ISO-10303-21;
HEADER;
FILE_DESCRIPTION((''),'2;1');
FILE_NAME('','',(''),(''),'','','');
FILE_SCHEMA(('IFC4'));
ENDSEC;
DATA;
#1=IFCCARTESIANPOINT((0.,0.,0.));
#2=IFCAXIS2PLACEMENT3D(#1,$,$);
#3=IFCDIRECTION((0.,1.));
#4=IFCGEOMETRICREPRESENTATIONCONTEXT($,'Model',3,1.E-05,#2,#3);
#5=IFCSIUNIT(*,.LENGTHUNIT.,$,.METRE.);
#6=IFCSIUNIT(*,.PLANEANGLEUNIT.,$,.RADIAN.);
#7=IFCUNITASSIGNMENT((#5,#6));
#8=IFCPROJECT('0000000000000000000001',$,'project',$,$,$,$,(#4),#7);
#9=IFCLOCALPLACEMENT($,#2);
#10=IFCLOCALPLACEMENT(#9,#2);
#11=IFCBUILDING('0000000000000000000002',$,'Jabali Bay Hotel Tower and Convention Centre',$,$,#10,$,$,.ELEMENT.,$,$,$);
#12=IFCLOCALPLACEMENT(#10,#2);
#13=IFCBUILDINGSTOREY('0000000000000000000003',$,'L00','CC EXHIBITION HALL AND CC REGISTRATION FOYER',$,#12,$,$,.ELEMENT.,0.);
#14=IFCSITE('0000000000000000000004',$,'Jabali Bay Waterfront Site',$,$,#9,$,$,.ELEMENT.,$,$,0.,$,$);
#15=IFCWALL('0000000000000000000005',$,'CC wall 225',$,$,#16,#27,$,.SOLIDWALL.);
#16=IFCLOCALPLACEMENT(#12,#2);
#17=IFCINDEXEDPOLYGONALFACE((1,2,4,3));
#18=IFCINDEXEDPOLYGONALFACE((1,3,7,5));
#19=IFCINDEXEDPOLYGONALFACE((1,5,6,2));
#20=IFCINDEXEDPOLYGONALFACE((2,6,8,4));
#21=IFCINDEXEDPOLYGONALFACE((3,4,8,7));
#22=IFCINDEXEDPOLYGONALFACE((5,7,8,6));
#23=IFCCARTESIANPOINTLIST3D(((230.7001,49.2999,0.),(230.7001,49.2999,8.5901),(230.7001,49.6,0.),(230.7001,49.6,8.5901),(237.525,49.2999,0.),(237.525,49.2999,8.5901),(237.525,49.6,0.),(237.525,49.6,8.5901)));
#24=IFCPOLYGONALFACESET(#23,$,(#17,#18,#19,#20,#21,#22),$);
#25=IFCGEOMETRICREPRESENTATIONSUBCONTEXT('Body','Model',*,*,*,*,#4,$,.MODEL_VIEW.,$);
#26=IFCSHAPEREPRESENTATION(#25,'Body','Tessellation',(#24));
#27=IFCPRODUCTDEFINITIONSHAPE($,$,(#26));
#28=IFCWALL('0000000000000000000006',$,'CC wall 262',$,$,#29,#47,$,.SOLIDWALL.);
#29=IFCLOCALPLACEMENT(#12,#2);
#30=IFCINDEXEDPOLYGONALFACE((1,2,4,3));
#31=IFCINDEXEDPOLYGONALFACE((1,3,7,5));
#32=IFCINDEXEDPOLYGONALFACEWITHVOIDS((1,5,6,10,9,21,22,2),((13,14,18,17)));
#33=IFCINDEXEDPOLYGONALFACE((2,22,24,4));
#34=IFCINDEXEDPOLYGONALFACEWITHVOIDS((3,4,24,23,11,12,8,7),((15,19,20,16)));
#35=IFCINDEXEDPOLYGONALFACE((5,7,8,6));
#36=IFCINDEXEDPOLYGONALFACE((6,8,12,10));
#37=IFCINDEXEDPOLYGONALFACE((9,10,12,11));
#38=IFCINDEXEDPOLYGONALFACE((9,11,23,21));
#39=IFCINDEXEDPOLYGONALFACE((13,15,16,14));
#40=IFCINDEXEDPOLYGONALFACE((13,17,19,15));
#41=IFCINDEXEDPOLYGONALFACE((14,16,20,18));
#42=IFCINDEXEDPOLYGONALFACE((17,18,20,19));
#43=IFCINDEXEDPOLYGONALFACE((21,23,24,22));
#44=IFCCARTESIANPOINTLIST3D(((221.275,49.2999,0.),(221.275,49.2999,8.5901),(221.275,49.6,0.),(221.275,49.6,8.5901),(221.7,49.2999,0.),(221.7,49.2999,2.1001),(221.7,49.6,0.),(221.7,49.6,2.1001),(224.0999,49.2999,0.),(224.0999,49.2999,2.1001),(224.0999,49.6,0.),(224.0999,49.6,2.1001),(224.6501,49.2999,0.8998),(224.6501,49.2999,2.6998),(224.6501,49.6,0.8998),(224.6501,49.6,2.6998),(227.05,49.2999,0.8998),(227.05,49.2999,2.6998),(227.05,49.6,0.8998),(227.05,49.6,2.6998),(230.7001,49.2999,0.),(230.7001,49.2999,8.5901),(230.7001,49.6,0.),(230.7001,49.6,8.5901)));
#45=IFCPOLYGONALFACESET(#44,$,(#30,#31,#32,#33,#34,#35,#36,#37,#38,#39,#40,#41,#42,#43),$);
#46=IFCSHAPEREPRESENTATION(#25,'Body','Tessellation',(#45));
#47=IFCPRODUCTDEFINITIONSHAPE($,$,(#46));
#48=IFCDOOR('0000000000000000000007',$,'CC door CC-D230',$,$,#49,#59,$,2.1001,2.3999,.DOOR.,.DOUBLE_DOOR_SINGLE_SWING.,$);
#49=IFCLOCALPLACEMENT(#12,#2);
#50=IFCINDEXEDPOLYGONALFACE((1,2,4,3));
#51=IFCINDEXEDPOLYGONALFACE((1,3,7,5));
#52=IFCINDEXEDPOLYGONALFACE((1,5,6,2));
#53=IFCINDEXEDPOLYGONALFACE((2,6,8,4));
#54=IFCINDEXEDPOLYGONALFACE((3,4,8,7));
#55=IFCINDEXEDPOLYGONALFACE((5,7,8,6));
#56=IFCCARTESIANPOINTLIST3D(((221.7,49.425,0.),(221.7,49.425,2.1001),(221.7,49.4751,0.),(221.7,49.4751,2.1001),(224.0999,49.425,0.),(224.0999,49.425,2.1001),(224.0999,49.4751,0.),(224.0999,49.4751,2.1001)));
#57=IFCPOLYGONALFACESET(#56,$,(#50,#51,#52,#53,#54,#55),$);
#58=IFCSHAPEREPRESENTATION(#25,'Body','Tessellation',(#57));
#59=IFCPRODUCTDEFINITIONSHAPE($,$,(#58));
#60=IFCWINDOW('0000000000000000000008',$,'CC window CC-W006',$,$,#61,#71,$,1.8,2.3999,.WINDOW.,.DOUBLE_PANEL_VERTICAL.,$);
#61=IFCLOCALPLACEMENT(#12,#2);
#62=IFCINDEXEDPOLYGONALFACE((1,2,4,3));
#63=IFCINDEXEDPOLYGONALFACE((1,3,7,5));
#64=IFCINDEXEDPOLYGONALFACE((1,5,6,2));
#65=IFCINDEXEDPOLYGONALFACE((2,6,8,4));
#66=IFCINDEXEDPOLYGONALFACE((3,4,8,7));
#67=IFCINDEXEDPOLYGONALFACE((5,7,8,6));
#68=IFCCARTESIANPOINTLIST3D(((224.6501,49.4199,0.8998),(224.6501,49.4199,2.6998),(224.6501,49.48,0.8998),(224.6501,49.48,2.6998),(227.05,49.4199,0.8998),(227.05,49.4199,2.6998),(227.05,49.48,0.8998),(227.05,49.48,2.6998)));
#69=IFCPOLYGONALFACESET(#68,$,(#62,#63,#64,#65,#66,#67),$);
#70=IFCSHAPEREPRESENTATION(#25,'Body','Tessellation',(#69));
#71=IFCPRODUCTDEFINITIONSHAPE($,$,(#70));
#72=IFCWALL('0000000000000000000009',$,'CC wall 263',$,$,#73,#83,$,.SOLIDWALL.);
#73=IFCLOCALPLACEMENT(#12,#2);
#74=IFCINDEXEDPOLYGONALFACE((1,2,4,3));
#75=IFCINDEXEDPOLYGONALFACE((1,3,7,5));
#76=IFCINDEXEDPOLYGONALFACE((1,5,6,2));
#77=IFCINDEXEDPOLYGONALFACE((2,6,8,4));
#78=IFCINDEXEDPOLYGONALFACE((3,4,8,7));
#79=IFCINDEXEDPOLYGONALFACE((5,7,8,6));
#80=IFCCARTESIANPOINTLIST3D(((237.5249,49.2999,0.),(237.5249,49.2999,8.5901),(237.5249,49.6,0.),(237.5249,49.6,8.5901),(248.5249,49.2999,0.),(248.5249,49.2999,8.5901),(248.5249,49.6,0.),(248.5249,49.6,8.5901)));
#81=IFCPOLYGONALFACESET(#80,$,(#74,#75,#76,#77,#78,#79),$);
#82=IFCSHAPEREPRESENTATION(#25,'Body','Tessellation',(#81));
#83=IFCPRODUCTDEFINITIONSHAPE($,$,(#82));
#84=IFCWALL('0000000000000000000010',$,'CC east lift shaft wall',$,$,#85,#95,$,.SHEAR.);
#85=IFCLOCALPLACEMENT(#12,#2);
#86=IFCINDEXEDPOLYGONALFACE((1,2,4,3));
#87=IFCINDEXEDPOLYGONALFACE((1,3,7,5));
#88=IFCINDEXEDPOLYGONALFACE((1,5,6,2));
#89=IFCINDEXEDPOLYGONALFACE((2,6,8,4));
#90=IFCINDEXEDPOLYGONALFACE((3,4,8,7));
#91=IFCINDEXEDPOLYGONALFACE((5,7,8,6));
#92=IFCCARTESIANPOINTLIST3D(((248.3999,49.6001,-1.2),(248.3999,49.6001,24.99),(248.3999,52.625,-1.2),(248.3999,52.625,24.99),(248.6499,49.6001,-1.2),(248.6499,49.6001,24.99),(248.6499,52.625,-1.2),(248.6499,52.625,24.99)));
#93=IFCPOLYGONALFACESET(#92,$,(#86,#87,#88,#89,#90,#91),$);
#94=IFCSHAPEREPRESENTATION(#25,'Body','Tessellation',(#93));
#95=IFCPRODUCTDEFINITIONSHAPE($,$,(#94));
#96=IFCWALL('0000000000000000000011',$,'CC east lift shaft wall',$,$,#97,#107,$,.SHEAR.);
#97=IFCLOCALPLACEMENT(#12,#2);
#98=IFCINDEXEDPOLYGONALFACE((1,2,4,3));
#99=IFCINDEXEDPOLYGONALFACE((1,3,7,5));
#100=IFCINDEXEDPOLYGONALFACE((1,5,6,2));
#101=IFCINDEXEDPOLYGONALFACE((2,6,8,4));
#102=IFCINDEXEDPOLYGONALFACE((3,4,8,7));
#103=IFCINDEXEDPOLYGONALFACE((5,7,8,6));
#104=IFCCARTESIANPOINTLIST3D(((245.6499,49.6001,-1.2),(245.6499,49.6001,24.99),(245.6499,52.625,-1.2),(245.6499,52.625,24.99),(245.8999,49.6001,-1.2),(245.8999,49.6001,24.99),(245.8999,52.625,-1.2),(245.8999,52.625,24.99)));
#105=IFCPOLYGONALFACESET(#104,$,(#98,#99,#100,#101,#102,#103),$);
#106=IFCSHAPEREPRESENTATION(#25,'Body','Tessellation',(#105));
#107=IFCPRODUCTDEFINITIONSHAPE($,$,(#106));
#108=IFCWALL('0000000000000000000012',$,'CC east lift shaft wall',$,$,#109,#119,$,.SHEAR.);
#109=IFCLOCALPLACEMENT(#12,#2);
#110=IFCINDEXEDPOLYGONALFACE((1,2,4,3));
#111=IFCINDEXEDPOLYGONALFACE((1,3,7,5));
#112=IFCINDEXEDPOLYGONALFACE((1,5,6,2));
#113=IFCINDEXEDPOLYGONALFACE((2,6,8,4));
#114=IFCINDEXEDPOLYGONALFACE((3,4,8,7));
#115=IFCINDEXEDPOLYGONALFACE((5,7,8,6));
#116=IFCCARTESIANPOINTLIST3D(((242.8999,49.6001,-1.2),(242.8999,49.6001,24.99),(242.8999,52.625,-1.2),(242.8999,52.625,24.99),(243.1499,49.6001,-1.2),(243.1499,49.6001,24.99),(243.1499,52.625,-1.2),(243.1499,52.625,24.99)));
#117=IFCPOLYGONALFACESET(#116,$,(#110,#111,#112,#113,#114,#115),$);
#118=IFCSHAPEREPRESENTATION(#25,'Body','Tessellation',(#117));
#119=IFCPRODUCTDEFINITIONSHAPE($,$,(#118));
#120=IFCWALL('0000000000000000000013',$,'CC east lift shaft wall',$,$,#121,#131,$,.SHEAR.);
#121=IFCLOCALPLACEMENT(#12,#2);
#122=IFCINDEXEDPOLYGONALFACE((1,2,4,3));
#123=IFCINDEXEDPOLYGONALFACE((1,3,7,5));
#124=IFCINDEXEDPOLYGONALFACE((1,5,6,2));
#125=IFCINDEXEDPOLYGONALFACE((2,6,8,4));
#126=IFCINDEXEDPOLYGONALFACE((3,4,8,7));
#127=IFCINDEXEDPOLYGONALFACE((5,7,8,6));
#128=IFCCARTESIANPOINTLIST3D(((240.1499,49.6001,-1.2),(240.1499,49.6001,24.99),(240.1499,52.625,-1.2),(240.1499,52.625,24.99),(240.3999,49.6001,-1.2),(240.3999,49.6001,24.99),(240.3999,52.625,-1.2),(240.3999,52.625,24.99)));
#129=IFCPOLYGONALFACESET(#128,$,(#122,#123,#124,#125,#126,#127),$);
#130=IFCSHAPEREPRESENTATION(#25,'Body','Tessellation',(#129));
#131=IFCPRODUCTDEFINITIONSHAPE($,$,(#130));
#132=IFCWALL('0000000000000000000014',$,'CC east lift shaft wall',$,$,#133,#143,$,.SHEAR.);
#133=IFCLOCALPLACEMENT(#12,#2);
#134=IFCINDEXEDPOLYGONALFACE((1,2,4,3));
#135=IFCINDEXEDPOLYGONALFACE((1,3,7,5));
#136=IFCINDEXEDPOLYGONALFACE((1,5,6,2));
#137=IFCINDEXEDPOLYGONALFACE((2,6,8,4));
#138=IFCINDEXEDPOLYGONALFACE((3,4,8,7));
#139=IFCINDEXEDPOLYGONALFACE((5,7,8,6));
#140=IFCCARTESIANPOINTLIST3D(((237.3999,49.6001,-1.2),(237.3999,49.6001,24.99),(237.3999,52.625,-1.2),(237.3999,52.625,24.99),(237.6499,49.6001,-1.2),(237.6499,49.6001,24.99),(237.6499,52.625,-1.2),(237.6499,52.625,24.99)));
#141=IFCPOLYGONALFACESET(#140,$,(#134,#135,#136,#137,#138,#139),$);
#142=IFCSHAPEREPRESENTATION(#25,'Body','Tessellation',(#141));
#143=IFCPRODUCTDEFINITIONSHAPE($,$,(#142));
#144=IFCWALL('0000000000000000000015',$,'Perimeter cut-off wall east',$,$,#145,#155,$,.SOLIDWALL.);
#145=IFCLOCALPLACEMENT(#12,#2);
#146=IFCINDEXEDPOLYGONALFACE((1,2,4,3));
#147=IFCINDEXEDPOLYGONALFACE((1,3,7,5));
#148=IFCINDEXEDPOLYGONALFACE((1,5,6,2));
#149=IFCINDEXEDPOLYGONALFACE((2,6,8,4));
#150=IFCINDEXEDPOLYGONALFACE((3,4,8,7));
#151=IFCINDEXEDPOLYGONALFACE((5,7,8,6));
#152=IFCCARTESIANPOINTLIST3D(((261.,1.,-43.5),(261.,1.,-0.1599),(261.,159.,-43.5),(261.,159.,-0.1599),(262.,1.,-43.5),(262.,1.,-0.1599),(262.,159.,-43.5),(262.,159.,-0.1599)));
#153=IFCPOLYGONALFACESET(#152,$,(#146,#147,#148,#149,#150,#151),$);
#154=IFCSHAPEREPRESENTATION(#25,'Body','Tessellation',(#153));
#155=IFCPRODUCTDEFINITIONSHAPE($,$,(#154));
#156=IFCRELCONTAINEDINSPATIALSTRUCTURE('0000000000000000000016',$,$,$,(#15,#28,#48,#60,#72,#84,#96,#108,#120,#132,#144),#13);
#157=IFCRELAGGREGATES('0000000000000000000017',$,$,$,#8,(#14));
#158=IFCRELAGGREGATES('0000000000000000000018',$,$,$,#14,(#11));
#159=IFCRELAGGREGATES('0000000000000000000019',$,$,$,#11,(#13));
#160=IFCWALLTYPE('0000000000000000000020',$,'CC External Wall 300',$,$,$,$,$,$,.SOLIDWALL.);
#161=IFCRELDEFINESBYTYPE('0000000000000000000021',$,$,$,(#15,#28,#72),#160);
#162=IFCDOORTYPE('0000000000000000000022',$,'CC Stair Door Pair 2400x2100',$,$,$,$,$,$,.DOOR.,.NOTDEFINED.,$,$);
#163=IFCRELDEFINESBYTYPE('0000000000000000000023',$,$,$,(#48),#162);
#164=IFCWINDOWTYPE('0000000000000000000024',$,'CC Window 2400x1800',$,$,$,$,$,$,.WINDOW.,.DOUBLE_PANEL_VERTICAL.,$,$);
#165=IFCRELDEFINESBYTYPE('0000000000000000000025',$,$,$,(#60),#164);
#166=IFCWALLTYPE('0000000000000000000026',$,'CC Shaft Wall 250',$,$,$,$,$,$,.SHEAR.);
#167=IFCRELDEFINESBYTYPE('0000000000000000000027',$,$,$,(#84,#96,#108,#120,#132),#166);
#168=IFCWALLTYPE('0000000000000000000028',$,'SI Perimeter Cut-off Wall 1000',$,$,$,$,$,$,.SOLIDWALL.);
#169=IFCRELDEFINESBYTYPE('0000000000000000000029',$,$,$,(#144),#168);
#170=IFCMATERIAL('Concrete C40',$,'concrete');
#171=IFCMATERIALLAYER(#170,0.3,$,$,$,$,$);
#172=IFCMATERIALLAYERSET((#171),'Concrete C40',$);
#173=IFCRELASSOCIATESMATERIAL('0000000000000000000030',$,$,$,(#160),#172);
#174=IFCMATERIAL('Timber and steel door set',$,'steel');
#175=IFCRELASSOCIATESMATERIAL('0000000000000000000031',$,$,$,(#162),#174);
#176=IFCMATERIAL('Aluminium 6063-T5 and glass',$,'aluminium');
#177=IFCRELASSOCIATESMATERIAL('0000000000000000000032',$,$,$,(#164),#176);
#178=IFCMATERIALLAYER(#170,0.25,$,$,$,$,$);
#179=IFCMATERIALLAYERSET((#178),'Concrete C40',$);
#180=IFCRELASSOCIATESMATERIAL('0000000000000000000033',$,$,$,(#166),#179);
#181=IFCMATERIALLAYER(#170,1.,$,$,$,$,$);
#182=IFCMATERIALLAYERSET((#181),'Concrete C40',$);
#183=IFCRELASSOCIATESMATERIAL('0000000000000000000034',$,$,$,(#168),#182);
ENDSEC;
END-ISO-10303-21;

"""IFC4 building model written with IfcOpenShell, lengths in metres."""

from ifc_helpers import new_model, si_unit, direction, frame, frame_2d, origin, place, context, subcontext, project, spatial, rectangle, extrude, material, layer, layer_set, type_object, element, fill, save


model = new_model("IFC4")

# Units and contexts
model_context = context("Model", 3, precision=1e-05, world=origin(), true_north=direction((0.0, 1.0)))
body_context = subcontext(model_context, "Body", "Model", "MODEL_VIEW")
ifc_project = project(units=[si_unit("LENGTHUNIT", "METRE"), si_unit("PLANEANGLEUNIT", "RADIAN")], contexts=[model_context])

# Site, building, storey
site_placement = place(None, origin())
site = spatial("IfcSite", under=ifc_project, at=site_placement, Name="Jabali Bay Waterfront Site", CompositionType="ELEMENT", RefElevation=0.0)
building_placement = place(site_placement, origin())
building = spatial("IfcBuilding", under=site, at=building_placement, Name="Jabali Bay Hotel Tower and Convention Centre", CompositionType="ELEMENT")
storey_placement = place(building_placement, origin())
storey = spatial("IfcBuildingStorey", under=building, at=storey_placement, Name="L00", Description="CC EXHIBITION HALL AND CC REGISTRATION FOYER", CompositionType="ELEMENT", Elevation=0.0)

# Wall
ifc_material_1 = material(Name="Concrete C40", Category="concrete")
ifc_layer_1 = layer(ifc_material_1, 0.3)
ifc_layer_set_1 = layer_set([ifc_layer_1], Name="Concrete C40")
wall_type_1 = type_object("IfcWallType", Name="CC External Wall 300", PredefinedType="SOLIDWALL", material=ifc_layer_set_1)
wall_1_placement = place(storey_placement, frame((230.7, 49.45, 0.0), z_axis=(0.0, 0.0, 1.0), x_axis=(1.0, 0.0, 0.0)))
element("IfcWall", 1, at=wall_1_placement, inside=storey, type_object=wall_type_1, Name="CC wall 225", PredefinedType="SOLIDWALL", context=body_context, shape_type="SweptSolid", body=[
    extrude(rectangle(XDim=6.825, YDim=0.3, at=frame_2d((3.4126, 0.0))), origin(), (0.0, 0.0, 1.0), 8.5901),
])

# Wall, openings, door, window
wall_2_placement = place(storey_placement, frame((230.7, 49.45, 0.0), z_axis=(0.0, 0.0, 1.0), x_axis=(-1.0, 0.0, 0.0)))
wall_2 = element("IfcWall", 2, at=wall_2_placement, inside=storey, type_object=wall_type_1, Name="CC wall 262", PredefinedType="SOLIDWALL", context=body_context, shape_type="SweptSolid", body=[
    extrude(rectangle(XDim=9.425, YDim=0.3, at=frame_2d((4.7124, 0.0))), origin(), (0.0, 0.0, 1.0), 8.5901),
])
opening_1_placement = place(wall_2_placement, frame((6.6001, 0.0, 0.0)))
opening_1 = element("IfcOpeningElement", 3, at=opening_1_placement, cuts=wall_2, PredefinedType="OPENING", context=body_context, shape_type="SweptSolid", body=[
    extrude(rectangle(XDim=2.3999, YDim=2.1001, at=frame_2d((1.2, 1.05))), frame((0.0, 0.1606, 0.0), z_axis=(0.0, -1.0, 0.0), x_axis=(1.0, 0.0, 0.0)), (0.0, 0.0, 1.0), 0.321),
])
opening_2_placement = place(wall_2_placement, frame((3.6499, 0.0, 0.8999)))
opening_2 = element("IfcOpeningElement", 4, at=opening_2_placement, cuts=wall_2, PredefinedType="OPENING", context=body_context, shape_type="SweptSolid", body=[
    extrude(rectangle(XDim=2.3999, YDim=1.8, at=frame_2d((1.2, 0.8999))), frame((0.0, 0.1606, 0.0), z_axis=(0.0, -1.0, 0.0), x_axis=(1.0, 0.0, 0.0)), (0.0, 0.0, 1.0), 0.321),
])
ifc_material_2 = material(Name="Timber and steel door set", Category="steel")
door_type = type_object("IfcDoorType", Name="CC Stair Door Pair 2400x2100", OperationType="NOTDEFINED", PredefinedType="DOOR", material=ifc_material_2)
door_placement = place(opening_1_placement, origin())
door = element("IfcDoor", 5, at=door_placement, inside=storey, type_object=door_type, Name="CC door CC-D230", OperationType="DOUBLE_DOOR_SINGLE_SWING", OverallHeight=2.1001, OverallWidth=2.3999, PredefinedType="DOOR", context=body_context, shape_type="SweptSolid", body=[
    extrude(rectangle(XDim=2.3999, YDim=2.1001, at=frame_2d((1.2, 1.05))), frame((0.0, 0.0249, 0.0), z_axis=(0.0, -1.0, 0.0), x_axis=(1.0, 0.0, 0.0)), (0.0, 0.0, 1.0), 0.05),
])
fill(opening_1, door)
ifc_material_3 = material(Name="Aluminium 6063-T5 and glass", Category="aluminium")
window_type = type_object("IfcWindowType", Name="CC Window 2400x1800", PartitioningType="DOUBLE_PANEL_VERTICAL", PredefinedType="WINDOW", material=ifc_material_3)
window_placement = place(opening_2_placement, origin())
window = element("IfcWindow", 6, at=window_placement, inside=storey, type_object=window_type, Name="CC window CC-W006", OverallHeight=1.8, OverallWidth=2.3999, PartitioningType="DOUBLE_PANEL_VERTICAL", PredefinedType="WINDOW", context=body_context, shape_type="SweptSolid", body=[
    extrude(rectangle(XDim=2.3999, YDim=1.8, at=frame_2d((1.2, 0.8999))), frame((0.0, 0.03, 0.0), z_axis=(0.0, -1.0, 0.0), x_axis=(1.0, 0.0, 0.0)), (0.0, 0.0, 1.0), 0.0601),
])
fill(opening_2, window)

# Walls
wall_3_placement = place(storey_placement, frame((237.5249, 49.45, 0.0), z_axis=(0.0, 0.0, 1.0), x_axis=(1.0, 0.0, 0.0)))
element("IfcWall", 7, at=wall_3_placement, inside=storey, type_object=wall_type_1, Name="CC wall 263", PredefinedType="SOLIDWALL", context=body_context, shape_type="SweptSolid", body=[
    extrude(rectangle(XDim=11.0, YDim=0.3, at=frame_2d((5.5, 0.0))), origin(), (0.0, 0.0, 1.0), 8.5901),
])
ifc_layer_2 = layer(ifc_material_1, 0.25)
ifc_layer_set_2 = layer_set([ifc_layer_2], Name="Concrete C40")
wall_type_2 = type_object("IfcWallType", Name="CC Shaft Wall 250", PredefinedType="SHEAR", material=ifc_layer_set_2)
for number, where, z_axis, x_axis, name in (
    (8, (248.5249, 49.6001, -1.2), (0.0, 0.0, 1.0), (0.0, 1.0, 0.0), "CC east lift shaft wall"),
    (9, (245.7749, 49.6001, -1.2), (0.0, 0.0, 1.0), (0.0, 1.0, 0.0), "CC east lift shaft wall"),
    (10, (243.0249, 49.6001, -1.2), (0.0, 0.0, 1.0), (0.0, 1.0, 0.0), "CC east lift shaft wall"),
    (11, (240.2749, 49.6001, -1.2), (0.0, 0.0, 1.0), (0.0, 1.0, 0.0), "CC east lift shaft wall"),
    (12, (237.5249, 49.6001, -1.2), (0.0, 0.0, 1.0), (0.0, 1.0, 0.0), "CC east lift shaft wall"),
):
    element("IfcWall", number, at=place(storey_placement, frame(where, z_axis=z_axis, x_axis=x_axis)), inside=storey, type_object=wall_type_2, Name=name, PredefinedType="SHEAR", context=body_context, shape_type="SweptSolid", body=[
        extrude(rectangle(XDim=3.0249, YDim=0.25, at=frame_2d((1.5125, 0.0))), origin(), (0.0, 0.0, 1.0), 26.1899),
    ])
ifc_layer_3 = layer(ifc_material_1, 1.0)
ifc_layer_set_3 = layer_set([ifc_layer_3], Name="Concrete C40")
wall_type_3 = type_object("IfcWallType", Name="SI Perimeter Cut-off Wall 1000", PredefinedType="SOLIDWALL", material=ifc_layer_set_3)
wall_4_placement = place(storey_placement, frame((261.5, 1.0, -43.5), z_axis=(0.0, 0.0, 1.0), x_axis=(0.0, 1.0, 0.0)))
element("IfcWall", 13, at=wall_4_placement, inside=storey, type_object=wall_type_3, Name="Perimeter cut-off wall east", PredefinedType="SOLIDWALL", context=body_context, shape_type="SweptSolid", body=[
    extrude(rectangle(XDim=158.0, YDim=1.0, at=frame_2d((79.0, 0.0))), origin(), (0.0, 0.0, 1.0), 43.3401),
])

save(model, "model.ifc")
